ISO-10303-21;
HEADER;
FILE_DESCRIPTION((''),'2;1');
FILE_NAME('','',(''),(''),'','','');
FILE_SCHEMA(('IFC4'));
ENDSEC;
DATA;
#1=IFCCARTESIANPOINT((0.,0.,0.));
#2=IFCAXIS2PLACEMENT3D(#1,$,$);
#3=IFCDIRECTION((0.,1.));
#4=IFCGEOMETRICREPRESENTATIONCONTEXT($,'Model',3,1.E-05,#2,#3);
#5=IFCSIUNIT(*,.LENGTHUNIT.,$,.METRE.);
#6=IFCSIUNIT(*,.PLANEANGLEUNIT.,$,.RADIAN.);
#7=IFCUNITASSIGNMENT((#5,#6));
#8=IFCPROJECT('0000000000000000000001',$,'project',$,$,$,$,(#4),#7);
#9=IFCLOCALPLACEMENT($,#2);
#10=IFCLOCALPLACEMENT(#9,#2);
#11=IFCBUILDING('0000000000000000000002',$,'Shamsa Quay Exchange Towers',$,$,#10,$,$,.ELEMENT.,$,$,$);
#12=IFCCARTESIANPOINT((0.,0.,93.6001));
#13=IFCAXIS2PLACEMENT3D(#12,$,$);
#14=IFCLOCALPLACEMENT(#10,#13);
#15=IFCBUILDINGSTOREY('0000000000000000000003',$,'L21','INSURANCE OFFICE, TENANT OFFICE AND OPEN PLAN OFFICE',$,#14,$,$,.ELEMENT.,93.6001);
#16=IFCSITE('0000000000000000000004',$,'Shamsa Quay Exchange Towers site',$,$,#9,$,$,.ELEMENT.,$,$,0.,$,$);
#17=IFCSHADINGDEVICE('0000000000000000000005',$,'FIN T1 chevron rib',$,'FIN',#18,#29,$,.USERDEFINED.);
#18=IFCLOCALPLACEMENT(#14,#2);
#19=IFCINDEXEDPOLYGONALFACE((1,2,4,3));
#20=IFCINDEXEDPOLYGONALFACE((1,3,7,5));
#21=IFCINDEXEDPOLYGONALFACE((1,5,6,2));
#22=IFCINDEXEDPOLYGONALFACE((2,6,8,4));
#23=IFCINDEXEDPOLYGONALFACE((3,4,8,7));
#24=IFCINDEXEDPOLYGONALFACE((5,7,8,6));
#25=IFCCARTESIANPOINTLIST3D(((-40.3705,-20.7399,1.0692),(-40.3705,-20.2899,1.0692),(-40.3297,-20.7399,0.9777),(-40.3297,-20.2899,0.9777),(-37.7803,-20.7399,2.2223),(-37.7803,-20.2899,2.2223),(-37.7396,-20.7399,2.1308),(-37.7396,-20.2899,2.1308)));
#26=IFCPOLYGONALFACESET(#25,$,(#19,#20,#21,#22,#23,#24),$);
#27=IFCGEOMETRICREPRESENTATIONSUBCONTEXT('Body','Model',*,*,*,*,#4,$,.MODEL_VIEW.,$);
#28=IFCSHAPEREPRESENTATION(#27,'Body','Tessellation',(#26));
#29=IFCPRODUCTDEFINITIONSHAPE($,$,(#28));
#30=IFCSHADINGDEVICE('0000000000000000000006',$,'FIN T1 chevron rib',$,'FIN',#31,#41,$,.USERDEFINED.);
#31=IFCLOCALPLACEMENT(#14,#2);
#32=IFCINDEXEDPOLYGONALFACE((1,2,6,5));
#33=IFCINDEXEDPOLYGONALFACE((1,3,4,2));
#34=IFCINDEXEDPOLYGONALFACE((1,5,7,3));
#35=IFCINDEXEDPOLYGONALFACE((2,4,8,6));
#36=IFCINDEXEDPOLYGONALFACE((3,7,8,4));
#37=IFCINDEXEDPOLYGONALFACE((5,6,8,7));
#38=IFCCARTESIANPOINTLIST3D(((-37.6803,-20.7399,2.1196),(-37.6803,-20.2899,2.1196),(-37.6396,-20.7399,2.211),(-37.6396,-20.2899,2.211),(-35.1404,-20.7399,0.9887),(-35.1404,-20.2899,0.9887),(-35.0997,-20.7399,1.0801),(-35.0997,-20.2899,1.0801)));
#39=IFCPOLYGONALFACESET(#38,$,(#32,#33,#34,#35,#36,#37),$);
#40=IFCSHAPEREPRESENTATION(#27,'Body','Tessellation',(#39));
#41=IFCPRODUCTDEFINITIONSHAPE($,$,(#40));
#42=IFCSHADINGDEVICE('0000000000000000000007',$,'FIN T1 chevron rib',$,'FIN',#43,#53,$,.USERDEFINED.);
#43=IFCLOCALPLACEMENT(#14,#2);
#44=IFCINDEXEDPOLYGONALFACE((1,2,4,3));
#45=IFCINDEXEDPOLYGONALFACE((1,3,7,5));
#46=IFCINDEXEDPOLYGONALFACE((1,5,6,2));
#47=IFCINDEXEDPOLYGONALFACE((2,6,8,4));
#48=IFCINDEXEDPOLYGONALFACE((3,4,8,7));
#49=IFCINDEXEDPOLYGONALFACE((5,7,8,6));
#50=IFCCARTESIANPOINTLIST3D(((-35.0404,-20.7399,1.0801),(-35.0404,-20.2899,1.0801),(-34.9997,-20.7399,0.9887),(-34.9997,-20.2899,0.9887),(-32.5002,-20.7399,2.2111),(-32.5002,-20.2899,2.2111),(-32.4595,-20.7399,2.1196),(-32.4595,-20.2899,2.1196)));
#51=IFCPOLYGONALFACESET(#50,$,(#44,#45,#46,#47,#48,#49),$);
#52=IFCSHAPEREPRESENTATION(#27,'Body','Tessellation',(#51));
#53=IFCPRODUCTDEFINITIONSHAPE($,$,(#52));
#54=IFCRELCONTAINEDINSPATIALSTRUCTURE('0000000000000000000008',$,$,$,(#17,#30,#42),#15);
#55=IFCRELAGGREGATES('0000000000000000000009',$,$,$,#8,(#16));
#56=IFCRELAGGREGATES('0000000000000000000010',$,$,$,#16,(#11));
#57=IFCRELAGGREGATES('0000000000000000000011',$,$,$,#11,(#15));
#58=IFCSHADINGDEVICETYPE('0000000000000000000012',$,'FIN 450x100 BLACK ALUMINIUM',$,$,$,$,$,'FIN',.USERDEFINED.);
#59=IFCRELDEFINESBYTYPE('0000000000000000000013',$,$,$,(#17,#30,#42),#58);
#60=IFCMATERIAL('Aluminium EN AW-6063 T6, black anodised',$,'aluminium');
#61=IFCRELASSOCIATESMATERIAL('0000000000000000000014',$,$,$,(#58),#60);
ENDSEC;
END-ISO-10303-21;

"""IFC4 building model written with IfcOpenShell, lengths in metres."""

from ifc_helpers import new_model, si_unit, direction, frame, origin, origin_2d, place, context, subcontext, project, spatial, rectangle, extrude, material, material_profile, profile_set, type_object, element, save


model = new_model("IFC4")

# Units and contexts
model_context = context("Model", 3, precision=1e-05, world=origin(), true_north=direction((0.0, 1.0)))
body_context = subcontext(model_context, "Body", "Model", "MODEL_VIEW")
ifc_project = project(units=[si_unit("LENGTHUNIT", "METRE"), si_unit("PLANEANGLEUNIT", "RADIAN")], contexts=[model_context])

# Site, building, storey
site_placement = place(None, origin())
site = spatial("IfcSite", under=ifc_project, at=site_placement, Name="Shamsa Quay Exchange Towers site", CompositionType="ELEMENT", RefElevation=0.0)
building_placement = place(site_placement, origin())
building = spatial("IfcBuilding", under=site, at=building_placement, Name="Shamsa Quay Exchange Towers", CompositionType="ELEMENT")
storey_placement = place(building_placement, frame((0.0, 0.0, 93.6001)))
storey = spatial("IfcBuildingStorey", under=building, at=storey_placement, Name="L21", Description="INSURANCE OFFICE, TENANT OFFICE AND OPEN PLAN OFFICE", CompositionType="ELEMENT", Elevation=93.6001)

# Shared definitions
ifc_material_1 = material(Name="Aluminium EN AW-6063 T6, black anodised", Category="aluminium")

# Shading devices
ifc_material_profile_1 = material_profile(ifc_material_1, rectangle(XDim=0.45, YDim=0.1001, at=origin_2d()), Name="FIN450x100")
ifc_profile_set_1 = profile_set([ifc_material_profile_1], Name="Aluminium EN AW-6063 T6, black anodised")
shading_device_type = type_object("IfcShadingDeviceType", Name="FIN 450x100 BLACK ALUMINIUM", ElementType="FIN", PredefinedType="USERDEFINED", material=ifc_profile_set_1)
shading_device_1_placement = place(storey_placement, frame((-40.3501, -20.5149, 1.0234), z_axis=(0.913559, 0.0, 0.406706), x_axis=(0.0, 1.0, 0.0)))
element("IfcShadingDevice", 1, at=shading_device_1_placement, inside=storey, type_object=shading_device_type, Name="FIN T1 chevron rib", ObjectType="FIN", PredefinedType="USERDEFINED", context=body_context, shape_type="SweptSolid", body=[
    extrude(rectangle(XDim=0.45, YDim=0.1001, at=origin_2d()), origin(), (0.0, 0.0, 1.0), 2.8352),
])
shading_device_2_placement = place(storey_placement, frame((-37.6599, -20.5149, 2.1653), z_axis=(0.913536, 0.0, -0.406758), x_axis=(0.0, 1.0, 0.0)))
element("IfcShadingDevice", 2, at=shading_device_2_placement, inside=storey, type_object=shading_device_type, Name="FIN T1 chevron rib", ObjectType="FIN", PredefinedType="USERDEFINED", context=body_context, shape_type="SweptSolid", body=[
    extrude(rectangle(XDim=0.45, YDim=0.1001, at=origin_2d()), origin(), (0.0, 0.0, 1.0), 2.7803),
])
shading_device_3_placement = place(storey_placement, frame((-35.02, -20.5149, 1.0344), z_axis=(0.913551, 0.0, 0.406725), x_axis=(0.0, 1.0, 0.0)))
element("IfcShadingDevice", 3, at=shading_device_3_placement, inside=storey, type_object=shading_device_type, Name="FIN T1 chevron rib", ObjectType="FIN", PredefinedType="USERDEFINED", context=body_context, shape_type="SweptSolid", body=[
    extrude(rectangle(XDim=0.45, YDim=0.1001, at=origin_2d()), origin(), (0.0, 0.0, 1.0), 2.7805),
])

save(model, "model.ifc")
